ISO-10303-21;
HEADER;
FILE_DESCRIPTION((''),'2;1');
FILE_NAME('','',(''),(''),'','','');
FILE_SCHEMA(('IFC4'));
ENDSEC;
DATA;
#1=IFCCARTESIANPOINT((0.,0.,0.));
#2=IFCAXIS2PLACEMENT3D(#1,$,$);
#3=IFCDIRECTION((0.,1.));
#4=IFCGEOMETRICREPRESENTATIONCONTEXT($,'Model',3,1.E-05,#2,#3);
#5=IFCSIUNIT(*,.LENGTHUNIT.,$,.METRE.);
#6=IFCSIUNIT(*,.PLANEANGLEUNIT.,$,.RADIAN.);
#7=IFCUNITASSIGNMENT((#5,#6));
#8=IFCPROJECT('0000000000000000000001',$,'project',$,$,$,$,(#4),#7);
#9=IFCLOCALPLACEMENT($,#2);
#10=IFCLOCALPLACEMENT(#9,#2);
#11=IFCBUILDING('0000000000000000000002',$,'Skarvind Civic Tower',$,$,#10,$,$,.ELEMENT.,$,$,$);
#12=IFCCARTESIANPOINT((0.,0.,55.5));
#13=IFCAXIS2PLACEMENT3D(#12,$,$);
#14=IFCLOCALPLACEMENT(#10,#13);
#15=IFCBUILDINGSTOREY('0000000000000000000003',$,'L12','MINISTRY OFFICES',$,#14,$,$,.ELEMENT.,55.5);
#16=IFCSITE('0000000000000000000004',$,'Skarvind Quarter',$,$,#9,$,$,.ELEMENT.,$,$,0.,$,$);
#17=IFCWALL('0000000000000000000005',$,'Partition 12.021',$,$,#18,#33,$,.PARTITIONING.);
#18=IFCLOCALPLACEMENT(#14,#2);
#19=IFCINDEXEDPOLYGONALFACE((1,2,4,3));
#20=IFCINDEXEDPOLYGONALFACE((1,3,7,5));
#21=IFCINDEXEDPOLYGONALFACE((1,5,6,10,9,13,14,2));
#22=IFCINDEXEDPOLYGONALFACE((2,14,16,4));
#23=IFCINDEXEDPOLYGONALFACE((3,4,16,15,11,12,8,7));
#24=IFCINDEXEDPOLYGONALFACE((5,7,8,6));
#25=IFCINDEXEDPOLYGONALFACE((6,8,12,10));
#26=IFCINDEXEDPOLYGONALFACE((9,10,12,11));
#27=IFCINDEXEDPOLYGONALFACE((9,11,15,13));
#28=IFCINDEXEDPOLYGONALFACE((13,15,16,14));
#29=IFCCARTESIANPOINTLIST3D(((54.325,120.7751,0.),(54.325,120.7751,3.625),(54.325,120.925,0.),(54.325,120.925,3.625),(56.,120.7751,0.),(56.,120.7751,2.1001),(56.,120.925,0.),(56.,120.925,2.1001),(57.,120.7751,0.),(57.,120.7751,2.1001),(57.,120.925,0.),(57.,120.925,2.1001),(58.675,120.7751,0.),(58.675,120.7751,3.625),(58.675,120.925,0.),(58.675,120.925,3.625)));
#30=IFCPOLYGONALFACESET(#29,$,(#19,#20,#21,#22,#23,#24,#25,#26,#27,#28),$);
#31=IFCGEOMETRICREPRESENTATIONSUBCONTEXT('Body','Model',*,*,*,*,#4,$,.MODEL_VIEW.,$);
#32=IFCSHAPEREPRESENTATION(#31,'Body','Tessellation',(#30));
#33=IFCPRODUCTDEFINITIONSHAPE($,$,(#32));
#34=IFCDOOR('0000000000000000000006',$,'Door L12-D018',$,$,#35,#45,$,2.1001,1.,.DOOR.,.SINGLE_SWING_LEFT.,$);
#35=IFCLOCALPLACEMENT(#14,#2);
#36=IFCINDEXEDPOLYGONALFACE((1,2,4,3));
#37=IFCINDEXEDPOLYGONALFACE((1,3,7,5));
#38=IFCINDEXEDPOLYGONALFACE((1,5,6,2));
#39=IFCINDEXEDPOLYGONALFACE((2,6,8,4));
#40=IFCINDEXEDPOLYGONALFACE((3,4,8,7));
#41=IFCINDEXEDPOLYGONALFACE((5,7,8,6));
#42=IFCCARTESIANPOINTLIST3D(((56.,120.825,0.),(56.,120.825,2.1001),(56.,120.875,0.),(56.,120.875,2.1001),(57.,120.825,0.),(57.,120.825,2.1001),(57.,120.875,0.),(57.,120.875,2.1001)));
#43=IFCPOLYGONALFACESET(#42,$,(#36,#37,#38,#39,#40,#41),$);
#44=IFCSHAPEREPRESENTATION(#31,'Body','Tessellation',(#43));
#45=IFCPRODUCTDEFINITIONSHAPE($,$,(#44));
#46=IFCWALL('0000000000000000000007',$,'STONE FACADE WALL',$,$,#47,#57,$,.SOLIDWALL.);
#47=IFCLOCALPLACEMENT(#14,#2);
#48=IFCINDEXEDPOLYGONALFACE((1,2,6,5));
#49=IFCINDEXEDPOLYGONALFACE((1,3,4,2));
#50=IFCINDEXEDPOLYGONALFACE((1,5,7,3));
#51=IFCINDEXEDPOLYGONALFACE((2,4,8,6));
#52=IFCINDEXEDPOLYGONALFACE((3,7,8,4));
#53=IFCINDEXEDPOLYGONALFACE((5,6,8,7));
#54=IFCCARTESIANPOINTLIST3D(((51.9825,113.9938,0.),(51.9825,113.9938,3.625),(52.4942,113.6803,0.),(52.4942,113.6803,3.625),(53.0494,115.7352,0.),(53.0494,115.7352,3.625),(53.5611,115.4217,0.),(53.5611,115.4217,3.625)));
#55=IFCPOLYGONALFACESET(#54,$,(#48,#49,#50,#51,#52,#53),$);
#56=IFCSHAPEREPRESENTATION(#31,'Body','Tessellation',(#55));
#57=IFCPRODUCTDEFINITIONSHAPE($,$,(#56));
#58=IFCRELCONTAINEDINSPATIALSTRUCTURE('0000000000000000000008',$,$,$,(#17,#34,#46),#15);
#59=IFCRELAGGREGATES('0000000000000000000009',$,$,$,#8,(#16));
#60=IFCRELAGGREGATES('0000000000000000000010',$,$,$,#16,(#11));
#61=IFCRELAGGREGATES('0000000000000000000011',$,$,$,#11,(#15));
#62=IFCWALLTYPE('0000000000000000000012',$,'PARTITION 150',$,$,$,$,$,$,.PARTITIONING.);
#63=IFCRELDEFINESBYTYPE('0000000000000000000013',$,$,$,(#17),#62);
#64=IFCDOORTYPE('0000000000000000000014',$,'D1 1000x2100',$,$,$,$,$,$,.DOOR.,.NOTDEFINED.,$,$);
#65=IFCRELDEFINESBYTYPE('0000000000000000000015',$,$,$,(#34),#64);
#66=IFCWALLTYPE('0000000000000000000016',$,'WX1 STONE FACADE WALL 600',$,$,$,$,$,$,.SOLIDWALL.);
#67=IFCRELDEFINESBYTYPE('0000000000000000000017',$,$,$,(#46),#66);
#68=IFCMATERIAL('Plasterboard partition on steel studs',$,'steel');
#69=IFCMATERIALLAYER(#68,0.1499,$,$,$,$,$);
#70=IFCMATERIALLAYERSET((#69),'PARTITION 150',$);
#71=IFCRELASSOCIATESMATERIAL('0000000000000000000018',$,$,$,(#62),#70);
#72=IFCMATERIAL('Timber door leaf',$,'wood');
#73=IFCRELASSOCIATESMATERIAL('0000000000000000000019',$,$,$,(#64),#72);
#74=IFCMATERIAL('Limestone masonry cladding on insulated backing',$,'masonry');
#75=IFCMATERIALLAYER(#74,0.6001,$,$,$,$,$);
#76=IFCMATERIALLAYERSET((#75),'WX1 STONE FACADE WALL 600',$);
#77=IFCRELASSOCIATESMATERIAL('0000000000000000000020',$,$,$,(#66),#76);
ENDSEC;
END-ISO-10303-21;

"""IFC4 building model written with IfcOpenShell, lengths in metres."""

from ifc_helpers import new_model, si_unit, direction, frame, frame_2d, origin, place, context, subcontext, project, spatial, rectangle, extrude, material, layer, layer_set, type_object, element, fill, save


model = new_model("IFC4")

# Units and contexts
model_context = context("Model", 3, precision=1e-05, world=origin(), true_north=direction((0.0, 1.0)))
body_context = subcontext(model_context, "Body", "Model", "MODEL_VIEW")
ifc_project = project(units=[si_unit("LENGTHUNIT", "METRE"), si_unit("PLANEANGLEUNIT", "RADIAN")], contexts=[model_context])

# Site, building, storey
site_placement = place(None, origin())
site = spatial("IfcSite", under=ifc_project, at=site_placement, Name="Skarvind Quarter", CompositionType="ELEMENT", RefElevation=0.0)
building_placement = place(site_placement, origin())
building = spatial("IfcBuilding", under=site, at=building_placement, Name="Skarvind Civic Tower", CompositionType="ELEMENT")
storey_placement = place(building_placement, frame((0.0, 0.0, 55.5)))
storey = spatial("IfcBuildingStorey", under=building, at=storey_placement, Name="L12", Description="MINISTRY OFFICES", CompositionType="ELEMENT", Elevation=55.5)

# Shared definitions
ifc_material_1 = material(Name="Plasterboard partition on steel studs", Category="steel")
ifc_layer_1 = layer(ifc_material_1, 0.1499)
ifc_layer_set_1 = layer_set([ifc_layer_1], Name="PARTITION 150")
wall_type_1 = type_object("IfcWallType", Name="PARTITION 150", PredefinedType="PARTITIONING", material=ifc_layer_set_1)

# Wall, opening, door
wall_1_placement = place(storey_placement, frame((54.325, 120.8501, 0.0), z_axis=(0.0, 0.0, 1.0), x_axis=(1.0, 0.0, 0.0)))
wall_1 = element("IfcWall", 1, at=wall_1_placement, inside=storey, type_object=wall_type_1, Name="Partition 12.021", PredefinedType="PARTITIONING", context=body_context, shape_type="SweptSolid", body=[
    extrude(rectangle(XDim=4.3501, YDim=0.1499, at=frame_2d((2.175, 0.0))), origin(), (0.0, 0.0, 1.0), 3.625),
])
opening_1_placement = place(wall_1_placement, frame((1.675, 0.0, 0.0)))
opening_1 = element("IfcOpeningElement", 2, at=opening_1_placement, cuts=wall_1, PredefinedType="OPENING", context=body_context, shape_type="SweptSolid", body=[
    extrude(rectangle(XDim=1.0, YDim=2.1001, at=frame_2d((0.5, 1.05))), frame((0.0, 0.085, 0.0), z_axis=(0.0, -1.0, 0.0), x_axis=(1.0, 0.0, 0.0)), (0.0, 0.0, 1.0), 0.1699),
])
ifc_material_2 = material(Name="Timber door leaf", Category="wood")
door_type_1 = type_object("IfcDoorType", Name="D1 1000x2100", OperationType="NOTDEFINED", PredefinedType="DOOR", material=ifc_material_2)
door_1_placement = place(opening_1_placement, origin())
door_1 = element("IfcDoor", 3, at=door_1_placement, inside=storey, type_object=door_type_1, Name="Door L12-D018", OperationType="SINGLE_SWING_LEFT", OverallHeight=2.1001, OverallWidth=1.0, PredefinedType="DOOR", context=body_context, shape_type="SweptSolid", body=[
    extrude(rectangle(XDim=1.0, YDim=2.1001, at=frame_2d((0.5, 1.05))), frame((0.0, 0.0249, 0.0), z_axis=(0.0, -1.0, 0.0), x_axis=(1.0, 0.0, 0.0)), (0.0, 0.0, 1.0), 0.05),
])
fill(opening_1, door_1)

# Wall
ifc_material_3 = material(Name="Limestone masonry cladding on insulated backing", Category="masonry")
ifc_layer_2 = layer(ifc_material_3, 0.6001)
ifc_layer_set_2 = layer_set([ifc_layer_2], Name="WX1 STONE FACADE WALL 600")
wall_type_2 = type_object("IfcWallType", Name="WX1 STONE FACADE WALL 600", PredefinedType="SOLIDWALL", material=ifc_layer_set_2)
wall_2_placement = place(storey_placement, frame((53.3052, 115.5784, 0.0), z_axis=(0.0, 0.0, 1.0), x_axis=(-0.522402, -0.852699, 0.0)))
element("IfcWall", 4, at=wall_2_placement, inside=storey, type_object=wall_type_2, Name="STONE FACADE WALL", PredefinedType="SOLIDWALL", context=body_context, shape_type="SweptSolid", body=[
    extrude(rectangle(XDim=2.0422, YDim=0.6001, at=frame_2d((1.021, 0.0))), origin(), (0.0, 0.0, 1.0), 3.625),
])

save(model, "model.ifc")
